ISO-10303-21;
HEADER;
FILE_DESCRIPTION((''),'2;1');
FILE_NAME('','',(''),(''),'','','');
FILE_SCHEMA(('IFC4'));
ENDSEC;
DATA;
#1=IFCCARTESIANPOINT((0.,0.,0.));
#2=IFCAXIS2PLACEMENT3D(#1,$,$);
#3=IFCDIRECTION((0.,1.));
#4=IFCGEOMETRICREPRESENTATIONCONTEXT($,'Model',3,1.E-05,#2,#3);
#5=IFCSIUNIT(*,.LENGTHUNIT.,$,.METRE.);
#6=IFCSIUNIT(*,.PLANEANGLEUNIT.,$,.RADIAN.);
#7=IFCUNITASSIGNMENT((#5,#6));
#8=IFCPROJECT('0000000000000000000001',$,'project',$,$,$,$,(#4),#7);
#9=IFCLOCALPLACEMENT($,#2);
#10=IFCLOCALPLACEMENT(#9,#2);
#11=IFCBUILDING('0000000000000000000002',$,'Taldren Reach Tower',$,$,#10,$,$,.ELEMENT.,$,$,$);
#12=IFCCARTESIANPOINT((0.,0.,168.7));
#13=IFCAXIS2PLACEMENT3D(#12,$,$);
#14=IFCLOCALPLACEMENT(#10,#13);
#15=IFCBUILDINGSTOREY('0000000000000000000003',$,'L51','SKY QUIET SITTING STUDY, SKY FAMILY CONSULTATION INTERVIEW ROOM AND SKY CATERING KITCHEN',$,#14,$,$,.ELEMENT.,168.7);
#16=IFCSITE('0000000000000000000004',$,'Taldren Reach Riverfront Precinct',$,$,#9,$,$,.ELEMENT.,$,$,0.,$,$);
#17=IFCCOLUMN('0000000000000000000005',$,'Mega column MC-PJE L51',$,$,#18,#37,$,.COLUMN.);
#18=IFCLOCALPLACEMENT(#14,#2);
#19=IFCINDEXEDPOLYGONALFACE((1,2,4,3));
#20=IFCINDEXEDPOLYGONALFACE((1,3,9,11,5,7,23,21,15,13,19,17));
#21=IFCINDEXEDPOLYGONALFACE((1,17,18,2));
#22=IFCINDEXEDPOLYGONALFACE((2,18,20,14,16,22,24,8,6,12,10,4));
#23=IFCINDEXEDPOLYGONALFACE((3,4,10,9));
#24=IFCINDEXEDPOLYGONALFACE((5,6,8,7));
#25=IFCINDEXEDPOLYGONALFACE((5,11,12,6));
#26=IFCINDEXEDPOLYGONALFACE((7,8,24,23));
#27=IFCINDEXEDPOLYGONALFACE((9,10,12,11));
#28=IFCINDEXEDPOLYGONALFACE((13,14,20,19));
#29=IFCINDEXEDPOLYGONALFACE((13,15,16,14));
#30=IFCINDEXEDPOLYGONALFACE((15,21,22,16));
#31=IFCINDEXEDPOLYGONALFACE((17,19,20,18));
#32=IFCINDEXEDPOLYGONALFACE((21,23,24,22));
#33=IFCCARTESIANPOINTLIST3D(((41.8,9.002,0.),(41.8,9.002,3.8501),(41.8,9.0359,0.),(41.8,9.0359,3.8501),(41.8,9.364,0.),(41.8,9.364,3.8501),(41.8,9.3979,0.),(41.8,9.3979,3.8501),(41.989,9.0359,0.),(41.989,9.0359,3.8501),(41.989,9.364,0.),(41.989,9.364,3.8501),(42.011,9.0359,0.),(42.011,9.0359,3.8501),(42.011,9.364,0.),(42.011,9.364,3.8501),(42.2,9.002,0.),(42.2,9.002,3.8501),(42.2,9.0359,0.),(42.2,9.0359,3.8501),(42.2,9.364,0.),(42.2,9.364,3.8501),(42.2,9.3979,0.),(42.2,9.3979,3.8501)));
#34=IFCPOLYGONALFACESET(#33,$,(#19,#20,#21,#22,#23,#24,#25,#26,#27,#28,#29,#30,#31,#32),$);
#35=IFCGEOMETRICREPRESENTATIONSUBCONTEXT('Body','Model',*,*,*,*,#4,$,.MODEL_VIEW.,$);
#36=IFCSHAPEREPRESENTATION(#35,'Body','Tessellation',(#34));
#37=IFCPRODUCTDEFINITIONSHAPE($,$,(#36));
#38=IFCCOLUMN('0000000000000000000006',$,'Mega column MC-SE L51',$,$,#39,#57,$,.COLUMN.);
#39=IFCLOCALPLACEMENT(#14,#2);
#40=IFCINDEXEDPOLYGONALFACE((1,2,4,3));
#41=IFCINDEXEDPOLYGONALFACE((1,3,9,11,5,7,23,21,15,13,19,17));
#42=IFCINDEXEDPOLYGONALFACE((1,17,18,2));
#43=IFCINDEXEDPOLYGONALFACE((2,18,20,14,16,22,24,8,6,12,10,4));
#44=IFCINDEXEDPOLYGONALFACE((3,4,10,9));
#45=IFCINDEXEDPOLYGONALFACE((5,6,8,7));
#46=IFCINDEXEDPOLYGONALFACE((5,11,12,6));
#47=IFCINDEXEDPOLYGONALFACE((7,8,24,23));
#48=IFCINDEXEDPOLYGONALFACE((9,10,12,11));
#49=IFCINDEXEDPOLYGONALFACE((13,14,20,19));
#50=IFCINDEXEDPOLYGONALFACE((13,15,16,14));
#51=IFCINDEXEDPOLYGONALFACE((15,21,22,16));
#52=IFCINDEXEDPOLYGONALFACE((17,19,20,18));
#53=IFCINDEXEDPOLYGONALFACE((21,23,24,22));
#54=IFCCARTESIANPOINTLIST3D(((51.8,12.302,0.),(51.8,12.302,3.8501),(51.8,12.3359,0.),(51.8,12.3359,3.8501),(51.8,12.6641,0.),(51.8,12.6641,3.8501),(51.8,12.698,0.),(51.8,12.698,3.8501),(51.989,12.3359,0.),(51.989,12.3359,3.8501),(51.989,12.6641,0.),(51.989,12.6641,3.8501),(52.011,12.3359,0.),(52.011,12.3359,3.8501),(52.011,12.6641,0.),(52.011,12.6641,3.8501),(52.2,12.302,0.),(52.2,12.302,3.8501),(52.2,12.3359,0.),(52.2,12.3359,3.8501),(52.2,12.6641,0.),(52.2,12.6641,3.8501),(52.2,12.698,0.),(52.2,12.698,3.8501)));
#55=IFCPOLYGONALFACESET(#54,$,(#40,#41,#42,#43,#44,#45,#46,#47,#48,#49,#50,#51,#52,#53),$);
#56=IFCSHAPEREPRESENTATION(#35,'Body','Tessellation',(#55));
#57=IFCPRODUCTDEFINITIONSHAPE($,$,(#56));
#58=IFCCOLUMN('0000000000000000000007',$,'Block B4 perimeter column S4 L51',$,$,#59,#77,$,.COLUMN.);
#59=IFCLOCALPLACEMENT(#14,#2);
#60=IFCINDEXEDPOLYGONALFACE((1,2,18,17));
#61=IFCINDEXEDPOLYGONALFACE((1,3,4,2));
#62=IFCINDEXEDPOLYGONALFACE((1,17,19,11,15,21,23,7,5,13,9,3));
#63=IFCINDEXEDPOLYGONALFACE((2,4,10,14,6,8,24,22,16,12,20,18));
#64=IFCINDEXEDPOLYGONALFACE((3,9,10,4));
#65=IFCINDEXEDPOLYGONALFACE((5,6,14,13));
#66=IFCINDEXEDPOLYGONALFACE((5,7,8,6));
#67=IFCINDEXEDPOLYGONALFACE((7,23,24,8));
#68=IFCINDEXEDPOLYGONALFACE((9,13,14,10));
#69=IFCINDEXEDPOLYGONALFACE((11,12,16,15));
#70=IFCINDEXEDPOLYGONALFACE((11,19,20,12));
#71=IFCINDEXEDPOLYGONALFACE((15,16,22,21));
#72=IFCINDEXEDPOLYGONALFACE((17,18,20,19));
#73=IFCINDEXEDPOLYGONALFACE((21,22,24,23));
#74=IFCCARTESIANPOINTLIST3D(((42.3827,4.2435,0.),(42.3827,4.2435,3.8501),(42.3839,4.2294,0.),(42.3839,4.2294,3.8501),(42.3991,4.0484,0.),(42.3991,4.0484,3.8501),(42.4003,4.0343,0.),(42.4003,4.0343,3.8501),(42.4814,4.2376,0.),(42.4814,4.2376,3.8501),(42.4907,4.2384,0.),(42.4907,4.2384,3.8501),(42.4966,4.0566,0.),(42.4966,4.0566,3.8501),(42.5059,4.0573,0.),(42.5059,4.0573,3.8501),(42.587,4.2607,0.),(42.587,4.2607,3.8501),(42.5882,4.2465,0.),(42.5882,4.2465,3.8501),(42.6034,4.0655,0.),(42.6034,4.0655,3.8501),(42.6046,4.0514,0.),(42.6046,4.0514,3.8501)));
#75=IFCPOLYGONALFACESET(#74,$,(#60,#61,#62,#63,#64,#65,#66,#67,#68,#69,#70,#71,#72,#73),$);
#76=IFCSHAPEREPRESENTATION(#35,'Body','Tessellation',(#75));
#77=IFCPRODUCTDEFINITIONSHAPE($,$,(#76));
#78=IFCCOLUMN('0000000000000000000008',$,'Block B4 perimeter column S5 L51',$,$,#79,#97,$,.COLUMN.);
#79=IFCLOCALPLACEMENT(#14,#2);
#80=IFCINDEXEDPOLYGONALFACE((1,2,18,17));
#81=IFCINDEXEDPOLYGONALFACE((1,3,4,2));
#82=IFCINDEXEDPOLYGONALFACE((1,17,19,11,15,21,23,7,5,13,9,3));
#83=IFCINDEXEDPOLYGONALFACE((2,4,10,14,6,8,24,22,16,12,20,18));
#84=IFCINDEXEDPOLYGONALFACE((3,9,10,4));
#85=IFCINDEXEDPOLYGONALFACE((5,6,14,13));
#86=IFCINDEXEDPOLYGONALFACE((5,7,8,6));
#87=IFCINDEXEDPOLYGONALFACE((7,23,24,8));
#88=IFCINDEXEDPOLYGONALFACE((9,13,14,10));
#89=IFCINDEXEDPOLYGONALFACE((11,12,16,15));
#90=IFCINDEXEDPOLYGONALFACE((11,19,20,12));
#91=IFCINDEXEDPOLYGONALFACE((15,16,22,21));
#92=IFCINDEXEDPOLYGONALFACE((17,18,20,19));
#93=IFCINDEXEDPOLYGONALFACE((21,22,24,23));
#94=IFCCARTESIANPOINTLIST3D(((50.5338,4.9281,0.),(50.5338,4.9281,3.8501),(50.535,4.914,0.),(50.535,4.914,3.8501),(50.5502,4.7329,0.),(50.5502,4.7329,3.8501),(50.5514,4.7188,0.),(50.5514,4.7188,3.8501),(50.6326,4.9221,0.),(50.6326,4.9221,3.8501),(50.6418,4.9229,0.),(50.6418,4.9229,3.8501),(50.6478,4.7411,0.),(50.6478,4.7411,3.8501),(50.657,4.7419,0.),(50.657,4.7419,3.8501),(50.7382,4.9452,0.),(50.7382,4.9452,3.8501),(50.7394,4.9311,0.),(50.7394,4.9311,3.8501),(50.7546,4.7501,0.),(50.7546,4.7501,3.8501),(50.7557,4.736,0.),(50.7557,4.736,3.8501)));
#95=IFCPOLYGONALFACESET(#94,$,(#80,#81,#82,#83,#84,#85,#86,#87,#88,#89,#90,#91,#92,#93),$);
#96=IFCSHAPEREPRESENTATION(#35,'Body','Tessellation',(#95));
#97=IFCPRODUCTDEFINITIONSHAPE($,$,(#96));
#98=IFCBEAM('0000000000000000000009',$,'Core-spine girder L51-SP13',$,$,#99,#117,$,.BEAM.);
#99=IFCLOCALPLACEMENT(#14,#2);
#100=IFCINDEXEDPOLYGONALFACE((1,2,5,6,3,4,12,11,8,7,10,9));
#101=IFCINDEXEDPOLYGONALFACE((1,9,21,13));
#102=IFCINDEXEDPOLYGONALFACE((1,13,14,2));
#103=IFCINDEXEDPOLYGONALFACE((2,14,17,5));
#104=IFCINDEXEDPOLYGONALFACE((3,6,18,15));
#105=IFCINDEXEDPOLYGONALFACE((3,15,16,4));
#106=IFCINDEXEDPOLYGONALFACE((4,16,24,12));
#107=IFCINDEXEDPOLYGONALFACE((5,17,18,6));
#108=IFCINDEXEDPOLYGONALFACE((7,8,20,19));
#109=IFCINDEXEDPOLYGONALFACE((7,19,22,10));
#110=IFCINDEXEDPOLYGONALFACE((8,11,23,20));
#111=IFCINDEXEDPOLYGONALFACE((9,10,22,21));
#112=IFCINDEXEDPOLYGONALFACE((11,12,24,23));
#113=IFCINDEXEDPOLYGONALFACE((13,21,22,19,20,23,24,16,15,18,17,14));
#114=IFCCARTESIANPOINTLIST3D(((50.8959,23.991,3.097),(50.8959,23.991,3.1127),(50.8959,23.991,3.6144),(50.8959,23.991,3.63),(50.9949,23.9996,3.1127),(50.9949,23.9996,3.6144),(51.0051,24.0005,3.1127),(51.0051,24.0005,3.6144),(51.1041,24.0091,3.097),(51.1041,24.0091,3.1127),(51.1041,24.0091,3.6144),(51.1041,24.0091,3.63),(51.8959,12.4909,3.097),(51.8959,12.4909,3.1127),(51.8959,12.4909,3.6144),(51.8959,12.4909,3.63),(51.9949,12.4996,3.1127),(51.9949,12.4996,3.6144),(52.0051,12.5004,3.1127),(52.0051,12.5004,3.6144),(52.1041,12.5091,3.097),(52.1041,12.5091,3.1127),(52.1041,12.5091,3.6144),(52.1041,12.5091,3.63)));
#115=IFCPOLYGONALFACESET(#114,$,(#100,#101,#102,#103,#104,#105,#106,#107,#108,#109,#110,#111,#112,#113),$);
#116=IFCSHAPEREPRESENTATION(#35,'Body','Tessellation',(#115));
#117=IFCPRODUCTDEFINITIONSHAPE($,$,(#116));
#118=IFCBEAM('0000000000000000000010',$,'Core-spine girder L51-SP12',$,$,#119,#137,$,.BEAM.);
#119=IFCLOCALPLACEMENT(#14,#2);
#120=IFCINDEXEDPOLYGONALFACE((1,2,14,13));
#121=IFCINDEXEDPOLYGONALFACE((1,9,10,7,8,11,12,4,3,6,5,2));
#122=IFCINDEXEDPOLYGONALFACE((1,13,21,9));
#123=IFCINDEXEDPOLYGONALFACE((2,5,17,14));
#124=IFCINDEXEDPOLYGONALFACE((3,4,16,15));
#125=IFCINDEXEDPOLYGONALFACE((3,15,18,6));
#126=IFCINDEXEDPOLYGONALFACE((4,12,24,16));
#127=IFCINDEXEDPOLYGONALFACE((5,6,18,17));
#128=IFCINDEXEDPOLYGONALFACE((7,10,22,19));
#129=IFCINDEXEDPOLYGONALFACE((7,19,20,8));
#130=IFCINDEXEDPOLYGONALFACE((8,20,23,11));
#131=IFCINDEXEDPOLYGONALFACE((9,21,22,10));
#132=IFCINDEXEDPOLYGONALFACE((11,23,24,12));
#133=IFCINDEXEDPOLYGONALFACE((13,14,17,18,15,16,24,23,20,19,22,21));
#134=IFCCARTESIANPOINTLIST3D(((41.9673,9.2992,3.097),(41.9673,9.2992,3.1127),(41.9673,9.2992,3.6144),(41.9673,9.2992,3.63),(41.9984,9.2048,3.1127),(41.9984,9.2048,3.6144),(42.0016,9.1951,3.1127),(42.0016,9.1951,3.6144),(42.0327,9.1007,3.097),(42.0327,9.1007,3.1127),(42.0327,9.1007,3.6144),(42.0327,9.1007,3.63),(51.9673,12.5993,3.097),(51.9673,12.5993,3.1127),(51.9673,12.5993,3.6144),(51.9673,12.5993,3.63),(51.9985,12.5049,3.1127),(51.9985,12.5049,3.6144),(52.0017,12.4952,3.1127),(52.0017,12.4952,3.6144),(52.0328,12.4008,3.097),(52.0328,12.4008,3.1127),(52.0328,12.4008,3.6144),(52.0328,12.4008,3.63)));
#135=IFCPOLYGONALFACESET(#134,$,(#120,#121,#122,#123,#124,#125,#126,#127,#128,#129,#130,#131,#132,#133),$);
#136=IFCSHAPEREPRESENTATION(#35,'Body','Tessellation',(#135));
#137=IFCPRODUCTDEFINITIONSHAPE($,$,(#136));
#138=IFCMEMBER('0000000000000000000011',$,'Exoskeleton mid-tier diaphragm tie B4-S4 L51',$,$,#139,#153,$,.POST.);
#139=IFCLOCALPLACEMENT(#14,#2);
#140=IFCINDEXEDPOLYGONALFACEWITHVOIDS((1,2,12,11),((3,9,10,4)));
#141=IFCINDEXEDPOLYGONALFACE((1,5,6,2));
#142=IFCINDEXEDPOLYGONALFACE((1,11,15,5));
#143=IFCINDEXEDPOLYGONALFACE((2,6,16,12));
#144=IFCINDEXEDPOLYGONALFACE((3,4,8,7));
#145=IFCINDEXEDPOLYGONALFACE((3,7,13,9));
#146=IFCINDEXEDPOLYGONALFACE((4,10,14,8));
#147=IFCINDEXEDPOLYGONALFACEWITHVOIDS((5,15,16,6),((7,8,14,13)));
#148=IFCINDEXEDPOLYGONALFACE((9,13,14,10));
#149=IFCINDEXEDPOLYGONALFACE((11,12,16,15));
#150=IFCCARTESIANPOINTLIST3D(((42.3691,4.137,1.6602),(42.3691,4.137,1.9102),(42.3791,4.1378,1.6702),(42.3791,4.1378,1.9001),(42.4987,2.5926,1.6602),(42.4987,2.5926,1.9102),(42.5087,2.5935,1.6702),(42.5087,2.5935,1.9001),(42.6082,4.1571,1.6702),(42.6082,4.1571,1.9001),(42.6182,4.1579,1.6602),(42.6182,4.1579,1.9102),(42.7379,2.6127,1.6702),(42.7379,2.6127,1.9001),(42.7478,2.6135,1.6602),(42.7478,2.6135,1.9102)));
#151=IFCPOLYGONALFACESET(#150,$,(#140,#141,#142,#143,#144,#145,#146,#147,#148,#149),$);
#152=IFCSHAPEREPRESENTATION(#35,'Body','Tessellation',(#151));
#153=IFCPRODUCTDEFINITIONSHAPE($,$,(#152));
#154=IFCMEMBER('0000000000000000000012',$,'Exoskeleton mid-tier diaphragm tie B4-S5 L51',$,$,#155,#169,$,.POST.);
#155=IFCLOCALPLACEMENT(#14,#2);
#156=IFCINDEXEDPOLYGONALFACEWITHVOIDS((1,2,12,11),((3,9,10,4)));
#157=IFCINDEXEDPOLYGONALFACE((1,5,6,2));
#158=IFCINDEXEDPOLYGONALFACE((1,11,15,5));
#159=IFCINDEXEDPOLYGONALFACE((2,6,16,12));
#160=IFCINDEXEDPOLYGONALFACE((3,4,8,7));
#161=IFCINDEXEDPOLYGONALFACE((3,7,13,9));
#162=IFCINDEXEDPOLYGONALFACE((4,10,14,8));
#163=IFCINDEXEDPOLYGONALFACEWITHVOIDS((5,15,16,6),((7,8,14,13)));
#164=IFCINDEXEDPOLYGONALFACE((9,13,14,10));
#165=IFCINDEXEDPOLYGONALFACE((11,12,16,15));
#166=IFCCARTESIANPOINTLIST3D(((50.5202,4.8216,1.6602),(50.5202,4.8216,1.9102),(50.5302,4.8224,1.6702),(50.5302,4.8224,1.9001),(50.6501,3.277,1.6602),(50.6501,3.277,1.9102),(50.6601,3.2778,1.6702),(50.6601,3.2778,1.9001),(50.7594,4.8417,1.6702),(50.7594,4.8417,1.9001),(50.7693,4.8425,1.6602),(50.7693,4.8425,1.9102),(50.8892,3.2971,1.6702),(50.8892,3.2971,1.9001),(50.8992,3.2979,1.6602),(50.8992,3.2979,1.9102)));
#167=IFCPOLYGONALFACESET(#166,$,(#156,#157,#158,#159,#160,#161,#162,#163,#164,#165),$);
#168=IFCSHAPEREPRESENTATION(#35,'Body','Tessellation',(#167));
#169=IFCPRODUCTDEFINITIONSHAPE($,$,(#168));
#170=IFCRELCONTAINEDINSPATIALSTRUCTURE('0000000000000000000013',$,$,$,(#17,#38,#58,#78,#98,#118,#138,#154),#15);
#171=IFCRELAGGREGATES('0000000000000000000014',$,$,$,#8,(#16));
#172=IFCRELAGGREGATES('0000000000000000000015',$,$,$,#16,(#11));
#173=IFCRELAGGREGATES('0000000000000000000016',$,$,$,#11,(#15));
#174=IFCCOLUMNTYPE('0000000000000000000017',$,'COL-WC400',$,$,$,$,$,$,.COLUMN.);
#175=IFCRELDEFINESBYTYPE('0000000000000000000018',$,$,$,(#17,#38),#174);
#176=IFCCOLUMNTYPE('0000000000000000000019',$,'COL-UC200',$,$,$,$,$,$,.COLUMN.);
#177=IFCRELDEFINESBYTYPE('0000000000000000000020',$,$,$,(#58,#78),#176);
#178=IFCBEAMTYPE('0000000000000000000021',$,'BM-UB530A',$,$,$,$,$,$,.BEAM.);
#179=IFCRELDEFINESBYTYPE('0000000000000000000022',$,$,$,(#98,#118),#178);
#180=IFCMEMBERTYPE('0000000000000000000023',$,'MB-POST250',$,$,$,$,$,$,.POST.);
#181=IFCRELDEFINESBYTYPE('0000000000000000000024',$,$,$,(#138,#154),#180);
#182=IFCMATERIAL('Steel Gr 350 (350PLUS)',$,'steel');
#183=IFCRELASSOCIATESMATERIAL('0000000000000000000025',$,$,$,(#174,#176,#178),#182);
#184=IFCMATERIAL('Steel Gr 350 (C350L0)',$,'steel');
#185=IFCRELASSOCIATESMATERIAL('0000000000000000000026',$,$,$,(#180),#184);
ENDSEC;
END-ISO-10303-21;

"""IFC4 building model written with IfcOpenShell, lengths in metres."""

from ifc_helpers import new_model, si_unit, direction, frame, origin, origin_2d, place, context, subcontext, project, spatial, hollow_rectangle, i_section, extrude, source, transform, mapped, material, material_profile, profile_set, type_object, element, save


model = new_model("IFC4")

# Units and contexts
model_context = context("Model", 3, precision=1e-05, world=origin(), true_north=direction((0.0, 1.0)))
body_context = subcontext(model_context, "Body", "Model", "MODEL_VIEW")
ifc_project = project(units=[si_unit("LENGTHUNIT", "METRE"), si_unit("PLANEANGLEUNIT", "RADIAN")], contexts=[model_context])

# Site, building, storey
site_placement = place(None, origin())
site = spatial("IfcSite", under=ifc_project, at=site_placement, Name="Taldren Reach Riverfront Precinct", CompositionType="ELEMENT", RefElevation=0.0)
building_placement = place(site_placement, origin())
building = spatial("IfcBuilding", under=site, at=building_placement, Name="Taldren Reach Tower", CompositionType="ELEMENT")
storey_placement = place(building_placement, frame((0.0, 0.0, 168.7)))
storey = spatial("IfcBuildingStorey", under=building, at=storey_placement, Name="L51", Description="SKY QUIET SITTING STUDY, SKY FAMILY CONSULTATION INTERVIEW ROOM AND SKY CATERING KITCHEN", CompositionType="ELEMENT", Elevation=168.7)

# Columns
ifc_material_1 = material(Name="Steel Gr 350 (350PLUS)", Category="steel")
ifc_material_profile_1 = material_profile(ifc_material_1, i_section(OverallWidth=0.3999, OverallDepth=0.396, WebThickness=0.022, FlangeThickness=0.0339, at=origin_2d()), Name="400WC270")
ifc_profile_set_1 = profile_set([ifc_material_profile_1], Name="Steel Gr 350 (350PLUS)")
column_type_1 = type_object("IfcColumnType", Name="COL-WC400", PredefinedType="COLUMN", material=ifc_profile_set_1)
shared_shape_1 = source(origin(), body_context, "Body", "SweptSolid", [
    extrude(i_section(OverallWidth=0.3999, OverallDepth=0.396, WebThickness=0.022, FlangeThickness=0.0339, at=origin_2d()), origin(), (0.0, 0.0, 1.0), 3.8501),
])
for number, where, z_axis, x_axis, name in (
    (1, (42.0, 9.2, 0.0), (0.0, 0.0, 1.0), (1.0, 0.0, 0.0), "Mega column MC-PJE L51"),
    (2, (52.0, 12.5, 0.0), (0.0, 0.0, 1.0), (1.0, 0.0, 0.0), "Mega column MC-SE L51"),
):
    element("IfcColumn", number, at=place(storey_placement, frame(where, z_axis=z_axis, x_axis=x_axis)), inside=storey, type_object=column_type_1, Name=name, PredefinedType="COLUMN", context=body_context, shape_type="MappedRepresentation", body=[
        mapped(shared_shape_1, transform((0.0, 0.0, 0.0), scale=1.0)),
    ])
ifc_material_profile_2 = material_profile(ifc_material_1, i_section(OverallWidth=0.2051, OverallDepth=0.21, WebThickness=0.0093, FlangeThickness=0.0142, at=origin_2d()), Name="200UC59.5")
ifc_profile_set_2 = profile_set([ifc_material_profile_2], Name="Steel Gr 350 (350PLUS)")
column_type_2 = type_object("IfcColumnType", Name="COL-UC200", PredefinedType="COLUMN", material=ifc_profile_set_2)
shared_shape_2 = source(origin(), body_context, "Body", "SweptSolid", [
    extrude(i_section(OverallWidth=0.2051, OverallDepth=0.21, WebThickness=0.0093, FlangeThickness=0.0142, at=origin_2d()), origin(), (0.0, 0.0, 1.0), 3.8501),
])
for number, where, z_axis, x_axis, name in (
    (3, (42.4937, 4.1475, 0.0), (0.0, 0.0, 1.0), (0.996493, 0.083678, 0.0), "Block B4 perimeter column S4 L51"),
    (4, (50.6448, 4.832, 0.0), (0.0, 0.0, 1.0), (0.996493, 0.083678, 0.0), "Block B4 perimeter column S5 L51"),
):
    element("IfcColumn", number, at=place(storey_placement, frame(where, z_axis=z_axis, x_axis=x_axis)), inside=storey, type_object=column_type_2, Name=name, PredefinedType="COLUMN", context=body_context, shape_type="MappedRepresentation", body=[
        mapped(shared_shape_2, transform((0.0, 0.0, 0.0), scale=1.0)),
    ])

# Beams
ifc_material_profile_3 = material_profile(ifc_material_1, i_section(OverallWidth=0.209, OverallDepth=0.533, WebThickness=0.0103, FlangeThickness=0.0156, at=origin_2d()), Name="530UB92.4")
ifc_profile_set_3 = profile_set([ifc_material_profile_3], Name="Steel Gr 350 (350PLUS)")
beam_type_1 = type_object("IfcBeamType", Name="BM-UB530A", PredefinedType="BEAM", material=ifc_profile_set_3)
shared_shape_3 = source(origin(), body_context, "Body", "SweptSolid", [
    extrude(i_section(OverallWidth=0.209, OverallDepth=0.533, WebThickness=0.0103, FlangeThickness=0.0156, at=origin_2d()), origin(), (0.0, 0.0, 1.0), 11.5435),
])
beam_1_placement = place(storey_placement, frame((52.0, 12.5, 3.3635), z_axis=(-0.08663, 0.996241, 0.0), x_axis=(-0.996241, -0.08663, 0.0)))
element("IfcBeam", 5, at=beam_1_placement, inside=storey, type_object=beam_type_1, Name="Core-spine girder L51-SP13", PredefinedType="BEAM", context=body_context, shape_type="MappedRepresentation", body=[
    mapped(shared_shape_3, transform((0.0, 0.0, 0.0), scale=1.0)),
])
shared_shape_4 = source(origin(), body_context, "Body", "SweptSolid", [
    extrude(i_section(OverallWidth=0.209, OverallDepth=0.533, WebThickness=0.0103, FlangeThickness=0.0156, at=origin_2d()), origin(), (0.0, 0.0, 1.0), 10.5305),
])
beam_2_placement = place(storey_placement, frame((42.0, 9.2, 3.3635), z_axis=(0.949627, 0.313382, 0.0), x_axis=(-0.313382, 0.949627, 0.0)))
element("IfcBeam", 6, at=beam_2_placement, inside=storey, type_object=beam_type_1, Name="Core-spine girder L51-SP12", PredefinedType="BEAM", context=body_context, shape_type="MappedRepresentation", body=[
    mapped(shared_shape_4, transform((0.0, 0.0, 0.0), scale=1.0)),
])

# Members
ifc_material_2 = material(Name="Steel Gr 350 (C350L0)", Category="steel")
ifc_material_profile_4 = material_profile(ifc_material_2, hollow_rectangle(XDim=0.25, YDim=0.25, WallThickness=0.01, at=origin_2d()), Name="250x250x10.0SHS")
ifc_profile_set_4 = profile_set([ifc_material_profile_4], Name="Steel Gr 350 (C350L0)")
member_type_1 = type_object("IfcMemberType", Name="MB-POST250", PredefinedType="POST", material=ifc_profile_set_4)
shared_shape_5 = source(origin(), body_context, "Body", "SweptSolid", [
    extrude(hollow_rectangle(XDim=0.25, YDim=0.25, WallThickness=0.01, at=origin_2d()), origin(), (0.0, 0.0, 1.0), 1.5498),
])
member_1_placement = place(storey_placement, frame((42.4937, 4.1475, 1.7852), z_axis=(0.083645, -0.996496, 0.0), x_axis=(0.996496, 0.083645, 0.0)))
element("IfcMember", 7, at=member_1_placement, inside=storey, type_object=member_type_1, Name="Exoskeleton mid-tier diaphragm tie B4-S4 L51", PredefinedType="POST", context=body_context, shape_type="MappedRepresentation", body=[
    mapped(shared_shape_5, transform((0.0, 0.0, 0.0), scale=1.0)),
])
shared_shape_6 = source(origin(), body_context, "Body", "SweptSolid", [
    extrude(hollow_rectangle(XDim=0.25, YDim=0.25, WallThickness=0.01, at=origin_2d()), origin(), (0.0, 0.0, 1.0), 1.55),
])
member_2_placement = place(storey_placement, frame((50.6448, 4.832, 1.7852), z_axis=(0.083788, -0.996484, 0.0), x_axis=(0.996484, 0.083788, 0.0)))
element("IfcMember", 8, at=member_2_placement, inside=storey, type_object=member_type_1, Name="Exoskeleton mid-tier diaphragm tie B4-S5 L51", PredefinedType="POST", context=body_context, shape_type="MappedRepresentation", body=[
    mapped(shared_shape_6, transform((0.0, 0.0, 0.0), scale=1.0)),
])

save(model, "model.ifc")
